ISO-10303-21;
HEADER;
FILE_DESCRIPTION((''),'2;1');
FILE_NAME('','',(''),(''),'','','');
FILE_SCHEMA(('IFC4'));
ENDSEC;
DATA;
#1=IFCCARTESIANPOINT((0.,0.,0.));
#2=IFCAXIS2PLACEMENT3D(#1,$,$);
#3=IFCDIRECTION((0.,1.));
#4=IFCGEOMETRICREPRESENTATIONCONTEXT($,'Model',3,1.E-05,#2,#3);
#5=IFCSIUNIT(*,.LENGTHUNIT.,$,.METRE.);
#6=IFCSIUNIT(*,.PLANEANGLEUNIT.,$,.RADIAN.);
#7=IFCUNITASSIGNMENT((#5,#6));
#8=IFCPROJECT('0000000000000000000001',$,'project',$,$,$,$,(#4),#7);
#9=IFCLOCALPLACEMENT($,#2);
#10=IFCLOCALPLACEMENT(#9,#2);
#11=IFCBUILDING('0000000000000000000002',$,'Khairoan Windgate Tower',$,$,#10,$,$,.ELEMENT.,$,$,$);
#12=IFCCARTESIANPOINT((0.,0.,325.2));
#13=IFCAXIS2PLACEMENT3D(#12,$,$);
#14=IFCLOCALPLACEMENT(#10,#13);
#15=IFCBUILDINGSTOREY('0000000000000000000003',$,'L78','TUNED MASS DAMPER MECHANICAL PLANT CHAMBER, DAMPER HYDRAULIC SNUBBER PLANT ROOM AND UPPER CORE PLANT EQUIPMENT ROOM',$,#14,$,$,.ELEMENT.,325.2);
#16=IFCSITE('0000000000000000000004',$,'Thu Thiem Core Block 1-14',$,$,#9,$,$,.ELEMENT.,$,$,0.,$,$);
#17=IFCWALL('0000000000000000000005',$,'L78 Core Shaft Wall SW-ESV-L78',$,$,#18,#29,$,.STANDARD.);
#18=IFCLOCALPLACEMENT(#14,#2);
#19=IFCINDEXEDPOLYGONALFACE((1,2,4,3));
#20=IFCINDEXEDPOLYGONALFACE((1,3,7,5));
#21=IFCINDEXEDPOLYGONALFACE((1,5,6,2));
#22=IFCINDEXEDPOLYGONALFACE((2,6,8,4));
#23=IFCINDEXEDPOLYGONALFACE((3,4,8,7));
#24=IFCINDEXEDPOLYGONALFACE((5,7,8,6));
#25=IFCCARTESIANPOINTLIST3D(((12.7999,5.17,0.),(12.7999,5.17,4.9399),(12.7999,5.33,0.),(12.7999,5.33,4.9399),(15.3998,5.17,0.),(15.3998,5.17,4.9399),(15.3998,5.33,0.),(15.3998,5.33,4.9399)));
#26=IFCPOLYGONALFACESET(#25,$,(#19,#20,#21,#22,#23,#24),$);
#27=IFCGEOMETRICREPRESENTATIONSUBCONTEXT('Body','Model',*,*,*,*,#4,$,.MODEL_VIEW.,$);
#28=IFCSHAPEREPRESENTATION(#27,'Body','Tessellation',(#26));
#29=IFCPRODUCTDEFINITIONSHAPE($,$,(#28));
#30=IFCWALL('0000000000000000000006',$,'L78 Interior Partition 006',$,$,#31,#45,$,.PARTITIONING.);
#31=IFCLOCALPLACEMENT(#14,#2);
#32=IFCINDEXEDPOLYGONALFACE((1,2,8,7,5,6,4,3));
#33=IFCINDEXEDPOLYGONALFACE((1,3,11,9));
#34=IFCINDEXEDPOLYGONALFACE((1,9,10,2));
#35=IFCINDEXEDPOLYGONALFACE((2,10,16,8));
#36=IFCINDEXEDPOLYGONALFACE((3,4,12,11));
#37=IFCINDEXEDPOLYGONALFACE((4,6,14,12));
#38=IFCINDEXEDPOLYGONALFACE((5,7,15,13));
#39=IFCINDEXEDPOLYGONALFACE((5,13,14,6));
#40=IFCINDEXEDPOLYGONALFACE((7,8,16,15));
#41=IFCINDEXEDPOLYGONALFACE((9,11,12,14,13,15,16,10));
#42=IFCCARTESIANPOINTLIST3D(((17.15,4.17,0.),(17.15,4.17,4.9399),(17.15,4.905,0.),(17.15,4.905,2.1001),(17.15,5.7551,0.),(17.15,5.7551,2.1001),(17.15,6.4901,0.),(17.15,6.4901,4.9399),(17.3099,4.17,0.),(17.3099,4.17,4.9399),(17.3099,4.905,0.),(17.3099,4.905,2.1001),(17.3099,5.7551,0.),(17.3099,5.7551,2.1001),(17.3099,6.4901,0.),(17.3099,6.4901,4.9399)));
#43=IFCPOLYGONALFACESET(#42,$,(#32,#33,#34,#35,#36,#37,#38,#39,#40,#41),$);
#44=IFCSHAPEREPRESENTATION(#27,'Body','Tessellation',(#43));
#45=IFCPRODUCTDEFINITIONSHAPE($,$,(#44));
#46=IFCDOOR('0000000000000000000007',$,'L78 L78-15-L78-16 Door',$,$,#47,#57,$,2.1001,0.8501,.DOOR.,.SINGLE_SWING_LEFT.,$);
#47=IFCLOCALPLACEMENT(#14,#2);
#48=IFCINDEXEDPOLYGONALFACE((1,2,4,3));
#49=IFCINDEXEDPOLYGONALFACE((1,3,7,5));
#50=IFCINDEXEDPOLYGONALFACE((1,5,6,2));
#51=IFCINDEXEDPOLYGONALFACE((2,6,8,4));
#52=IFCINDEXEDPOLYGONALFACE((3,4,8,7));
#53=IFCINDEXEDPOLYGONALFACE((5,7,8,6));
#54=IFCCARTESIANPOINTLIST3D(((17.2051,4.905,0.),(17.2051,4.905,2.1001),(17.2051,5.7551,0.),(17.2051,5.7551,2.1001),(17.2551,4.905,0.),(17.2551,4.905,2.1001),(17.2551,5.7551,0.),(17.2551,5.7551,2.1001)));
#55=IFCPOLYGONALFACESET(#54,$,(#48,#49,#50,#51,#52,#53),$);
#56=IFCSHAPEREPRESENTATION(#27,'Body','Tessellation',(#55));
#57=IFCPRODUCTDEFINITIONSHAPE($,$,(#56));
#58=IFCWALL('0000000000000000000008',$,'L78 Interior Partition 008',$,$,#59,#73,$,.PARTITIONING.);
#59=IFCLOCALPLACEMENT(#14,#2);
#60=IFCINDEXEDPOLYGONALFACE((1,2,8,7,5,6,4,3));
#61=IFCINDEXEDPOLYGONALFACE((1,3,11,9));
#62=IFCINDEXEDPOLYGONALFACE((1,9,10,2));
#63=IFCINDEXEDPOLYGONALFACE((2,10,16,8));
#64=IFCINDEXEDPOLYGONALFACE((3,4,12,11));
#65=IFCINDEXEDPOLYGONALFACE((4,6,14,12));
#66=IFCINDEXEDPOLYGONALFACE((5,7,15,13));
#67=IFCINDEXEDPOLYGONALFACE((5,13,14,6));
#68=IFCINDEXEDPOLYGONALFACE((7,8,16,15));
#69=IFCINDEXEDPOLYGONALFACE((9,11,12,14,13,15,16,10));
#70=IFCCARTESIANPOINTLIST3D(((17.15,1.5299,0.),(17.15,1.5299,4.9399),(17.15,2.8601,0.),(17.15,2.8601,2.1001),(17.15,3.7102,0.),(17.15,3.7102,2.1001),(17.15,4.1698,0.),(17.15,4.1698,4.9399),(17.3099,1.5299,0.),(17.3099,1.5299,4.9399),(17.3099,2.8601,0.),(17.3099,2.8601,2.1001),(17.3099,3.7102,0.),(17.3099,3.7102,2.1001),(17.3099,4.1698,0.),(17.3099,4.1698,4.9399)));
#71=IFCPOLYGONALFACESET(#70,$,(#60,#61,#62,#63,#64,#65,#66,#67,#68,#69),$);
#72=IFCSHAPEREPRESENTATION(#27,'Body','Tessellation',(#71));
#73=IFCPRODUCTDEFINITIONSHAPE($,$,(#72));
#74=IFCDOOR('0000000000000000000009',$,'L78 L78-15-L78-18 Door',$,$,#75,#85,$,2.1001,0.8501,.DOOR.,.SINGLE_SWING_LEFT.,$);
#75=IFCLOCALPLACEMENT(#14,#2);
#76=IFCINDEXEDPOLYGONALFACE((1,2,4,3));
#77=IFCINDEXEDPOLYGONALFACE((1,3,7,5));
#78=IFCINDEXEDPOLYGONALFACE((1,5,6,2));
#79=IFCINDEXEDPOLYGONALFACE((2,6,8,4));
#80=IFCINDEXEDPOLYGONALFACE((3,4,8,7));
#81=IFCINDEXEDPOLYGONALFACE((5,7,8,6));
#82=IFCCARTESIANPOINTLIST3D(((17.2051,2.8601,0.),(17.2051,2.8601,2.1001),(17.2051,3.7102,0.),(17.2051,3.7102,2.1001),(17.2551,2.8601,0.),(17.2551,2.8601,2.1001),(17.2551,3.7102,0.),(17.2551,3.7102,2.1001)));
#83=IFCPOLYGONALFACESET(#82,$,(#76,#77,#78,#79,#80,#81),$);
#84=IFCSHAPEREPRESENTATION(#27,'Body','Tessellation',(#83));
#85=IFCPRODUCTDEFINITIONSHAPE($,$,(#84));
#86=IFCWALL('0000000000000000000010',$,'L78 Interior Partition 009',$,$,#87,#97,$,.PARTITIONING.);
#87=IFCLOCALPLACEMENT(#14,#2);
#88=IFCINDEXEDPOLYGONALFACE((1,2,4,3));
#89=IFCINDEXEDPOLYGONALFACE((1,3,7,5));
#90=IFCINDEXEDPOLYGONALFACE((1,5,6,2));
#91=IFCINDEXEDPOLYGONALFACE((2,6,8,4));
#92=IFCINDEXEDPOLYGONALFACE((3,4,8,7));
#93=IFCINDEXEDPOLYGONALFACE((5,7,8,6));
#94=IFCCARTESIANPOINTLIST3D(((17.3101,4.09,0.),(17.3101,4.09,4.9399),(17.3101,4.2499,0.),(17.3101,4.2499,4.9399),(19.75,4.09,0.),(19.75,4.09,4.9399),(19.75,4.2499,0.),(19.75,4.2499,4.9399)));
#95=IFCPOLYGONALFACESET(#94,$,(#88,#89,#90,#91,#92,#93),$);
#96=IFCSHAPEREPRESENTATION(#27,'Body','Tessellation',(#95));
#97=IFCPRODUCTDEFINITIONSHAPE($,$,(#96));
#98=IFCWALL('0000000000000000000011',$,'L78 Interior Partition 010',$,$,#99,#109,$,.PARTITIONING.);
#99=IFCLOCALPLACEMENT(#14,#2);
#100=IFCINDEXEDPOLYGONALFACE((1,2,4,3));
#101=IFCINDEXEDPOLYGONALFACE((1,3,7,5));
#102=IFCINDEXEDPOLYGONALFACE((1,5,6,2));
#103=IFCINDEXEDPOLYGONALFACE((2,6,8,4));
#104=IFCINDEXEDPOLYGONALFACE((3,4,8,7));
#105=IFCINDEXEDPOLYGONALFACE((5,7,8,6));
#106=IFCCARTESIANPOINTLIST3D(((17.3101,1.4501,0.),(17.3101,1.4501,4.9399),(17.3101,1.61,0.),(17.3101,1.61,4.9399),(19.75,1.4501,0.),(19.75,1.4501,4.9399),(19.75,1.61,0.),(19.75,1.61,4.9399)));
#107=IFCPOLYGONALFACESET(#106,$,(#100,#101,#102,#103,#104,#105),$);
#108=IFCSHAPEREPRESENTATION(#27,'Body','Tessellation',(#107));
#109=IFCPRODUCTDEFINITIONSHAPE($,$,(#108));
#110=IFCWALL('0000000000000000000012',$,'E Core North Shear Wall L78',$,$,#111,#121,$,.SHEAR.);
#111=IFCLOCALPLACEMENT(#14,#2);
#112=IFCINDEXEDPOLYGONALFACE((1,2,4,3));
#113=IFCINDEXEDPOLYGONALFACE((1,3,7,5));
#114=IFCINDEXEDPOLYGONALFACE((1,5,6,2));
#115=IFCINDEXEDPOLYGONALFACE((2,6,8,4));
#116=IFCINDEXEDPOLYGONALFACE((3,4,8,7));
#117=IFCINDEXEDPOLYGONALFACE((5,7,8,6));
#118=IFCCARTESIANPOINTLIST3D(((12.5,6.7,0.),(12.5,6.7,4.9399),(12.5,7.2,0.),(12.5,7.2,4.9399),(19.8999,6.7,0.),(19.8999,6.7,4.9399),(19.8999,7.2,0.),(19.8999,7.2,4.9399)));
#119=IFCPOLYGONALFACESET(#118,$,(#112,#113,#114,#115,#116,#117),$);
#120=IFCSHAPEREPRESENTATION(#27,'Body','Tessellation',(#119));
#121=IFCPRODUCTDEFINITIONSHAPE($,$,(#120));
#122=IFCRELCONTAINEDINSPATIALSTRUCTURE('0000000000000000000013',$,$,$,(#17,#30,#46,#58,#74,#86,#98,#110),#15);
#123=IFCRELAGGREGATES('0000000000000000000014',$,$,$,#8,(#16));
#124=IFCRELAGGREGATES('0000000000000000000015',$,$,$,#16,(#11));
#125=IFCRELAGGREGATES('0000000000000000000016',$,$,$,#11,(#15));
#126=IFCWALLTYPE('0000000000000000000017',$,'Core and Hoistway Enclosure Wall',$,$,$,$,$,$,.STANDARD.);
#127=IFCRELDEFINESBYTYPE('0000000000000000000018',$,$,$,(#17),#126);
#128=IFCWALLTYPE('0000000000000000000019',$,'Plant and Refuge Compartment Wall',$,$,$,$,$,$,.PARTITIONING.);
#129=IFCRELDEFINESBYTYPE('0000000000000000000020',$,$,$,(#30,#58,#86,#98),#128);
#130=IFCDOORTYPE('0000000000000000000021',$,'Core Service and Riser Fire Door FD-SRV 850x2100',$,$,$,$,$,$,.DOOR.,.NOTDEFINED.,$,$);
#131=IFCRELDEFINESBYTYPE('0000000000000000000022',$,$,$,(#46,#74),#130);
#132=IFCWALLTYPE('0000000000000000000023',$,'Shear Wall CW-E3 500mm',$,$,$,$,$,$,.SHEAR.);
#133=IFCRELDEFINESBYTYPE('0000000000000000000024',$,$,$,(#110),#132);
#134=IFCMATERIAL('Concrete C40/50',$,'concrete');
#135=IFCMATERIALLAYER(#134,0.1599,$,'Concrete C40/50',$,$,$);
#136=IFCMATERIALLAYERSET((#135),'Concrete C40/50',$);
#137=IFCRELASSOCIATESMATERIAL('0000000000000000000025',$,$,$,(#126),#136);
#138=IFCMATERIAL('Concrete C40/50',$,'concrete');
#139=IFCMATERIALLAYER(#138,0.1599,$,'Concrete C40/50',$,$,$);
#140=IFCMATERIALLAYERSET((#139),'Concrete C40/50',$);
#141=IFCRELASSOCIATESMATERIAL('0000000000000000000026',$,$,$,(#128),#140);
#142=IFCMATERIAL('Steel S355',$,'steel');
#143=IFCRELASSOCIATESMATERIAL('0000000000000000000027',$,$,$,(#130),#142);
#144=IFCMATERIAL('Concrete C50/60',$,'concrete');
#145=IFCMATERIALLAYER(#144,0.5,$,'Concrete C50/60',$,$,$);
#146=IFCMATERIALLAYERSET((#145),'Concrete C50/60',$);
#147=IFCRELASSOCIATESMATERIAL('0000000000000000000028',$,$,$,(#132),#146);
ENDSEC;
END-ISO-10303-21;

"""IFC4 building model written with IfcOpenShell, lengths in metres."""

from ifc_helpers import new_model, si_unit, direction, frame, frame_2d, origin, place, context, subcontext, project, spatial, rectangle, extrude, material, layer, layer_set, type_object, element, fill, save


model = new_model("IFC4")

# Units and contexts
model_context = context("Model", 3, precision=1e-05, world=origin(), true_north=direction((0.0, 1.0)))
body_context = subcontext(model_context, "Body", "Model", "MODEL_VIEW")
ifc_project = project(units=[si_unit("LENGTHUNIT", "METRE"), si_unit("PLANEANGLEUNIT", "RADIAN")], contexts=[model_context])

# Site, building, storey
site_placement = place(None, origin())
site = spatial("IfcSite", under=ifc_project, at=site_placement, Name="Thu Thiem Core Block 1-14", CompositionType="ELEMENT", RefElevation=0.0)
building_placement = place(site_placement, origin())
building = spatial("IfcBuilding", under=site, at=building_placement, Name="Khairoan Windgate Tower", CompositionType="ELEMENT")
storey_placement = place(building_placement, frame((0.0, 0.0, 325.2)))
storey = spatial("IfcBuildingStorey", under=building, at=storey_placement, Name="L78", Description="TUNED MASS DAMPER MECHANICAL PLANT CHAMBER, DAMPER HYDRAULIC SNUBBER PLANT ROOM AND UPPER CORE PLANT EQUIPMENT ROOM", CompositionType="ELEMENT", Elevation=325.2)

# Wall
ifc_material_1 = material(Name="Concrete C40/50", Category="concrete")
ifc_layer_1 = layer(ifc_material_1, 0.1599, Name="Concrete C40/50")
ifc_layer_set_1 = layer_set([ifc_layer_1], Name="Concrete C40/50")
wall_type_1 = type_object("IfcWallType", Name="Core and Hoistway Enclosure Wall", PredefinedType="STANDARD", material=ifc_layer_set_1)
wall_1_placement = place(storey_placement, frame((12.8, 5.25, 0.0), z_axis=(0.0, 0.0, 1.0), x_axis=(1.0, 0.0, 0.0)))
element("IfcWall", 1, at=wall_1_placement, inside=storey, type_object=wall_type_1, Name="L78 Core Shaft Wall SW-ESV-L78", PredefinedType="STANDARD", context=body_context, shape_type="SweptSolid", body=[
    extrude(rectangle(XDim=2.5999, YDim=0.1599, at=frame_2d((1.2998, 0.0))), origin(), (0.0, 0.0, 1.0), 4.9399),
])

# Walls, openings, doors
ifc_material_2 = material(Name="Concrete C40/50", Category="concrete")
ifc_layer_2 = layer(ifc_material_2, 0.1599, Name="Concrete C40/50")
ifc_layer_set_2 = layer_set([ifc_layer_2], Name="Concrete C40/50")
wall_type_2 = type_object("IfcWallType", Name="Plant and Refuge Compartment Wall", PredefinedType="PARTITIONING", material=ifc_layer_set_2)
wall_2_placement = place(storey_placement, frame((17.23, 4.1699, 0.0), z_axis=(0.0, 0.0, 1.0), x_axis=(0.0, 1.0, 0.0)))
wall_2 = element("IfcWall", 2, at=wall_2_placement, inside=storey, type_object=wall_type_2, Name="L78 Interior Partition 006", PredefinedType="PARTITIONING", context=body_context, shape_type="SweptSolid", body=[
    extrude(rectangle(XDim=2.3201, YDim=0.1599, at=frame_2d((1.1602, 0.0))), origin(), (0.0, 0.0, 1.0), 4.9399),
])
opening_1_placement = place(wall_2_placement, frame((0.7351, 0.0, 0.0)))
opening_1 = element("IfcOpeningElement", 3, at=opening_1_placement, cuts=wall_2, PredefinedType="OPENING", context=body_context, shape_type="SweptSolid", body=[
    extrude(rectangle(XDim=0.8501, YDim=2.1001, at=frame_2d((0.425, 1.05))), frame((0.0, 0.0898, 0.0), z_axis=(0.0, -1.0, 0.0), x_axis=(1.0, 0.0, 0.0)), (0.0, 0.0, 1.0), 0.1799),
])
ifc_material_3 = material(Name="Steel S355", Category="steel")
door_type = type_object("IfcDoorType", Name="Core Service and Riser Fire Door FD-SRV 850x2100", OperationType="NOTDEFINED", PredefinedType="DOOR", material=ifc_material_3)
door_1_placement = place(opening_1_placement, origin())
door_1 = element("IfcDoor", 4, at=door_1_placement, inside=storey, type_object=door_type, Name="L78 L78-15-L78-16 Door", OperationType="SINGLE_SWING_LEFT", OverallHeight=2.1001, OverallWidth=0.8501, PredefinedType="DOOR", context=body_context, shape_type="SweptSolid", body=[
    extrude(rectangle(XDim=0.8501, YDim=2.1001, at=frame_2d((0.425, 1.05))), frame((0.0, 0.0249, 0.0), z_axis=(0.0, -1.0, 0.0), x_axis=(1.0, 0.0, 0.0)), (0.0, 0.0, 1.0), 0.05),
])
fill(opening_1, door_1)
wall_3_placement = place(storey_placement, frame((17.23, 1.53, 0.0), z_axis=(0.0, 0.0, 1.0), x_axis=(0.0, 1.0, 0.0)))
wall_3 = element("IfcWall", 5, at=wall_3_placement, inside=storey, type_object=wall_type_2, Name="L78 Interior Partition 008", PredefinedType="PARTITIONING", context=body_context, shape_type="SweptSolid", body=[
    extrude(rectangle(XDim=2.6399, YDim=0.1599, at=frame_2d((1.3198, 0.0))), origin(), (0.0, 0.0, 1.0), 4.9399),
])
opening_2_placement = place(wall_3_placement, frame((1.3301, 0.0, 0.0)))
opening_2 = element("IfcOpeningElement", 6, at=opening_2_placement, cuts=wall_3, PredefinedType="OPENING", context=body_context, shape_type="SweptSolid", body=[
    extrude(rectangle(XDim=0.8501, YDim=2.1001, at=frame_2d((0.425, 1.05))), frame((0.0, 0.0898, 0.0), z_axis=(0.0, -1.0, 0.0), x_axis=(1.0, 0.0, 0.0)), (0.0, 0.0, 1.0), 0.1799),
])
door_2_placement = place(opening_2_placement, origin())
door_2 = element("IfcDoor", 7, at=door_2_placement, inside=storey, type_object=door_type, Name="L78 L78-15-L78-18 Door", OperationType="SINGLE_SWING_LEFT", OverallHeight=2.1001, OverallWidth=0.8501, PredefinedType="DOOR", context=body_context, shape_type="SweptSolid", body=[
    extrude(rectangle(XDim=0.8501, YDim=2.1001, at=frame_2d((0.425, 1.05))), frame((0.0, 0.0249, 0.0), z_axis=(0.0, -1.0, 0.0), x_axis=(1.0, 0.0, 0.0)), (0.0, 0.0, 1.0), 0.05),
])
fill(opening_2, door_2)

# Walls
for number, where, z_axis, x_axis, name in (
    (8, (17.3101, 4.1699, 0.0), (0.0, 0.0, 1.0), (1.0, 0.0, 0.0), "L78 Interior Partition 009"),
    (9, (17.3101, 1.53, 0.0), (0.0, 0.0, 1.0), (1.0, 0.0, 0.0), "L78 Interior Partition 010"),
):
    element("IfcWall", number, at=place(storey_placement, frame(where, z_axis=z_axis, x_axis=x_axis)), inside=storey, type_object=wall_type_2, Name=name, PredefinedType="PARTITIONING", context=body_context, shape_type="SweptSolid", body=[
        extrude(rectangle(XDim=2.4399, YDim=0.1599, at=frame_2d((1.22, 0.0))), origin(), (0.0, 0.0, 1.0), 4.9399),
    ])
ifc_material_4 = material(Name="Concrete C50/60", Category="concrete")
ifc_layer_3 = layer(ifc_material_4, 0.5, Name="Concrete C50/60")
ifc_layer_set_3 = layer_set([ifc_layer_3], Name="Concrete C50/60")
wall_type_3 = type_object("IfcWallType", Name="Shear Wall CW-E3 500mm", PredefinedType="SHEAR", material=ifc_layer_set_3)
wall_4_placement = place(storey_placement, frame((12.5, 6.95, 0.0), z_axis=(0.0, 0.0, 1.0), x_axis=(1.0, 0.0, 0.0)))
element("IfcWall", 10, at=wall_4_placement, inside=storey, type_object=wall_type_3, Name="E Core North Shear Wall L78", PredefinedType="SHEAR", context=body_context, shape_type="SweptSolid", body=[
    extrude(rectangle(XDim=7.3999, YDim=0.5, at=frame_2d((3.7, 0.0))), origin(), (0.0, 0.0, 1.0), 4.9399),
])

save(model, "model.ifc")
